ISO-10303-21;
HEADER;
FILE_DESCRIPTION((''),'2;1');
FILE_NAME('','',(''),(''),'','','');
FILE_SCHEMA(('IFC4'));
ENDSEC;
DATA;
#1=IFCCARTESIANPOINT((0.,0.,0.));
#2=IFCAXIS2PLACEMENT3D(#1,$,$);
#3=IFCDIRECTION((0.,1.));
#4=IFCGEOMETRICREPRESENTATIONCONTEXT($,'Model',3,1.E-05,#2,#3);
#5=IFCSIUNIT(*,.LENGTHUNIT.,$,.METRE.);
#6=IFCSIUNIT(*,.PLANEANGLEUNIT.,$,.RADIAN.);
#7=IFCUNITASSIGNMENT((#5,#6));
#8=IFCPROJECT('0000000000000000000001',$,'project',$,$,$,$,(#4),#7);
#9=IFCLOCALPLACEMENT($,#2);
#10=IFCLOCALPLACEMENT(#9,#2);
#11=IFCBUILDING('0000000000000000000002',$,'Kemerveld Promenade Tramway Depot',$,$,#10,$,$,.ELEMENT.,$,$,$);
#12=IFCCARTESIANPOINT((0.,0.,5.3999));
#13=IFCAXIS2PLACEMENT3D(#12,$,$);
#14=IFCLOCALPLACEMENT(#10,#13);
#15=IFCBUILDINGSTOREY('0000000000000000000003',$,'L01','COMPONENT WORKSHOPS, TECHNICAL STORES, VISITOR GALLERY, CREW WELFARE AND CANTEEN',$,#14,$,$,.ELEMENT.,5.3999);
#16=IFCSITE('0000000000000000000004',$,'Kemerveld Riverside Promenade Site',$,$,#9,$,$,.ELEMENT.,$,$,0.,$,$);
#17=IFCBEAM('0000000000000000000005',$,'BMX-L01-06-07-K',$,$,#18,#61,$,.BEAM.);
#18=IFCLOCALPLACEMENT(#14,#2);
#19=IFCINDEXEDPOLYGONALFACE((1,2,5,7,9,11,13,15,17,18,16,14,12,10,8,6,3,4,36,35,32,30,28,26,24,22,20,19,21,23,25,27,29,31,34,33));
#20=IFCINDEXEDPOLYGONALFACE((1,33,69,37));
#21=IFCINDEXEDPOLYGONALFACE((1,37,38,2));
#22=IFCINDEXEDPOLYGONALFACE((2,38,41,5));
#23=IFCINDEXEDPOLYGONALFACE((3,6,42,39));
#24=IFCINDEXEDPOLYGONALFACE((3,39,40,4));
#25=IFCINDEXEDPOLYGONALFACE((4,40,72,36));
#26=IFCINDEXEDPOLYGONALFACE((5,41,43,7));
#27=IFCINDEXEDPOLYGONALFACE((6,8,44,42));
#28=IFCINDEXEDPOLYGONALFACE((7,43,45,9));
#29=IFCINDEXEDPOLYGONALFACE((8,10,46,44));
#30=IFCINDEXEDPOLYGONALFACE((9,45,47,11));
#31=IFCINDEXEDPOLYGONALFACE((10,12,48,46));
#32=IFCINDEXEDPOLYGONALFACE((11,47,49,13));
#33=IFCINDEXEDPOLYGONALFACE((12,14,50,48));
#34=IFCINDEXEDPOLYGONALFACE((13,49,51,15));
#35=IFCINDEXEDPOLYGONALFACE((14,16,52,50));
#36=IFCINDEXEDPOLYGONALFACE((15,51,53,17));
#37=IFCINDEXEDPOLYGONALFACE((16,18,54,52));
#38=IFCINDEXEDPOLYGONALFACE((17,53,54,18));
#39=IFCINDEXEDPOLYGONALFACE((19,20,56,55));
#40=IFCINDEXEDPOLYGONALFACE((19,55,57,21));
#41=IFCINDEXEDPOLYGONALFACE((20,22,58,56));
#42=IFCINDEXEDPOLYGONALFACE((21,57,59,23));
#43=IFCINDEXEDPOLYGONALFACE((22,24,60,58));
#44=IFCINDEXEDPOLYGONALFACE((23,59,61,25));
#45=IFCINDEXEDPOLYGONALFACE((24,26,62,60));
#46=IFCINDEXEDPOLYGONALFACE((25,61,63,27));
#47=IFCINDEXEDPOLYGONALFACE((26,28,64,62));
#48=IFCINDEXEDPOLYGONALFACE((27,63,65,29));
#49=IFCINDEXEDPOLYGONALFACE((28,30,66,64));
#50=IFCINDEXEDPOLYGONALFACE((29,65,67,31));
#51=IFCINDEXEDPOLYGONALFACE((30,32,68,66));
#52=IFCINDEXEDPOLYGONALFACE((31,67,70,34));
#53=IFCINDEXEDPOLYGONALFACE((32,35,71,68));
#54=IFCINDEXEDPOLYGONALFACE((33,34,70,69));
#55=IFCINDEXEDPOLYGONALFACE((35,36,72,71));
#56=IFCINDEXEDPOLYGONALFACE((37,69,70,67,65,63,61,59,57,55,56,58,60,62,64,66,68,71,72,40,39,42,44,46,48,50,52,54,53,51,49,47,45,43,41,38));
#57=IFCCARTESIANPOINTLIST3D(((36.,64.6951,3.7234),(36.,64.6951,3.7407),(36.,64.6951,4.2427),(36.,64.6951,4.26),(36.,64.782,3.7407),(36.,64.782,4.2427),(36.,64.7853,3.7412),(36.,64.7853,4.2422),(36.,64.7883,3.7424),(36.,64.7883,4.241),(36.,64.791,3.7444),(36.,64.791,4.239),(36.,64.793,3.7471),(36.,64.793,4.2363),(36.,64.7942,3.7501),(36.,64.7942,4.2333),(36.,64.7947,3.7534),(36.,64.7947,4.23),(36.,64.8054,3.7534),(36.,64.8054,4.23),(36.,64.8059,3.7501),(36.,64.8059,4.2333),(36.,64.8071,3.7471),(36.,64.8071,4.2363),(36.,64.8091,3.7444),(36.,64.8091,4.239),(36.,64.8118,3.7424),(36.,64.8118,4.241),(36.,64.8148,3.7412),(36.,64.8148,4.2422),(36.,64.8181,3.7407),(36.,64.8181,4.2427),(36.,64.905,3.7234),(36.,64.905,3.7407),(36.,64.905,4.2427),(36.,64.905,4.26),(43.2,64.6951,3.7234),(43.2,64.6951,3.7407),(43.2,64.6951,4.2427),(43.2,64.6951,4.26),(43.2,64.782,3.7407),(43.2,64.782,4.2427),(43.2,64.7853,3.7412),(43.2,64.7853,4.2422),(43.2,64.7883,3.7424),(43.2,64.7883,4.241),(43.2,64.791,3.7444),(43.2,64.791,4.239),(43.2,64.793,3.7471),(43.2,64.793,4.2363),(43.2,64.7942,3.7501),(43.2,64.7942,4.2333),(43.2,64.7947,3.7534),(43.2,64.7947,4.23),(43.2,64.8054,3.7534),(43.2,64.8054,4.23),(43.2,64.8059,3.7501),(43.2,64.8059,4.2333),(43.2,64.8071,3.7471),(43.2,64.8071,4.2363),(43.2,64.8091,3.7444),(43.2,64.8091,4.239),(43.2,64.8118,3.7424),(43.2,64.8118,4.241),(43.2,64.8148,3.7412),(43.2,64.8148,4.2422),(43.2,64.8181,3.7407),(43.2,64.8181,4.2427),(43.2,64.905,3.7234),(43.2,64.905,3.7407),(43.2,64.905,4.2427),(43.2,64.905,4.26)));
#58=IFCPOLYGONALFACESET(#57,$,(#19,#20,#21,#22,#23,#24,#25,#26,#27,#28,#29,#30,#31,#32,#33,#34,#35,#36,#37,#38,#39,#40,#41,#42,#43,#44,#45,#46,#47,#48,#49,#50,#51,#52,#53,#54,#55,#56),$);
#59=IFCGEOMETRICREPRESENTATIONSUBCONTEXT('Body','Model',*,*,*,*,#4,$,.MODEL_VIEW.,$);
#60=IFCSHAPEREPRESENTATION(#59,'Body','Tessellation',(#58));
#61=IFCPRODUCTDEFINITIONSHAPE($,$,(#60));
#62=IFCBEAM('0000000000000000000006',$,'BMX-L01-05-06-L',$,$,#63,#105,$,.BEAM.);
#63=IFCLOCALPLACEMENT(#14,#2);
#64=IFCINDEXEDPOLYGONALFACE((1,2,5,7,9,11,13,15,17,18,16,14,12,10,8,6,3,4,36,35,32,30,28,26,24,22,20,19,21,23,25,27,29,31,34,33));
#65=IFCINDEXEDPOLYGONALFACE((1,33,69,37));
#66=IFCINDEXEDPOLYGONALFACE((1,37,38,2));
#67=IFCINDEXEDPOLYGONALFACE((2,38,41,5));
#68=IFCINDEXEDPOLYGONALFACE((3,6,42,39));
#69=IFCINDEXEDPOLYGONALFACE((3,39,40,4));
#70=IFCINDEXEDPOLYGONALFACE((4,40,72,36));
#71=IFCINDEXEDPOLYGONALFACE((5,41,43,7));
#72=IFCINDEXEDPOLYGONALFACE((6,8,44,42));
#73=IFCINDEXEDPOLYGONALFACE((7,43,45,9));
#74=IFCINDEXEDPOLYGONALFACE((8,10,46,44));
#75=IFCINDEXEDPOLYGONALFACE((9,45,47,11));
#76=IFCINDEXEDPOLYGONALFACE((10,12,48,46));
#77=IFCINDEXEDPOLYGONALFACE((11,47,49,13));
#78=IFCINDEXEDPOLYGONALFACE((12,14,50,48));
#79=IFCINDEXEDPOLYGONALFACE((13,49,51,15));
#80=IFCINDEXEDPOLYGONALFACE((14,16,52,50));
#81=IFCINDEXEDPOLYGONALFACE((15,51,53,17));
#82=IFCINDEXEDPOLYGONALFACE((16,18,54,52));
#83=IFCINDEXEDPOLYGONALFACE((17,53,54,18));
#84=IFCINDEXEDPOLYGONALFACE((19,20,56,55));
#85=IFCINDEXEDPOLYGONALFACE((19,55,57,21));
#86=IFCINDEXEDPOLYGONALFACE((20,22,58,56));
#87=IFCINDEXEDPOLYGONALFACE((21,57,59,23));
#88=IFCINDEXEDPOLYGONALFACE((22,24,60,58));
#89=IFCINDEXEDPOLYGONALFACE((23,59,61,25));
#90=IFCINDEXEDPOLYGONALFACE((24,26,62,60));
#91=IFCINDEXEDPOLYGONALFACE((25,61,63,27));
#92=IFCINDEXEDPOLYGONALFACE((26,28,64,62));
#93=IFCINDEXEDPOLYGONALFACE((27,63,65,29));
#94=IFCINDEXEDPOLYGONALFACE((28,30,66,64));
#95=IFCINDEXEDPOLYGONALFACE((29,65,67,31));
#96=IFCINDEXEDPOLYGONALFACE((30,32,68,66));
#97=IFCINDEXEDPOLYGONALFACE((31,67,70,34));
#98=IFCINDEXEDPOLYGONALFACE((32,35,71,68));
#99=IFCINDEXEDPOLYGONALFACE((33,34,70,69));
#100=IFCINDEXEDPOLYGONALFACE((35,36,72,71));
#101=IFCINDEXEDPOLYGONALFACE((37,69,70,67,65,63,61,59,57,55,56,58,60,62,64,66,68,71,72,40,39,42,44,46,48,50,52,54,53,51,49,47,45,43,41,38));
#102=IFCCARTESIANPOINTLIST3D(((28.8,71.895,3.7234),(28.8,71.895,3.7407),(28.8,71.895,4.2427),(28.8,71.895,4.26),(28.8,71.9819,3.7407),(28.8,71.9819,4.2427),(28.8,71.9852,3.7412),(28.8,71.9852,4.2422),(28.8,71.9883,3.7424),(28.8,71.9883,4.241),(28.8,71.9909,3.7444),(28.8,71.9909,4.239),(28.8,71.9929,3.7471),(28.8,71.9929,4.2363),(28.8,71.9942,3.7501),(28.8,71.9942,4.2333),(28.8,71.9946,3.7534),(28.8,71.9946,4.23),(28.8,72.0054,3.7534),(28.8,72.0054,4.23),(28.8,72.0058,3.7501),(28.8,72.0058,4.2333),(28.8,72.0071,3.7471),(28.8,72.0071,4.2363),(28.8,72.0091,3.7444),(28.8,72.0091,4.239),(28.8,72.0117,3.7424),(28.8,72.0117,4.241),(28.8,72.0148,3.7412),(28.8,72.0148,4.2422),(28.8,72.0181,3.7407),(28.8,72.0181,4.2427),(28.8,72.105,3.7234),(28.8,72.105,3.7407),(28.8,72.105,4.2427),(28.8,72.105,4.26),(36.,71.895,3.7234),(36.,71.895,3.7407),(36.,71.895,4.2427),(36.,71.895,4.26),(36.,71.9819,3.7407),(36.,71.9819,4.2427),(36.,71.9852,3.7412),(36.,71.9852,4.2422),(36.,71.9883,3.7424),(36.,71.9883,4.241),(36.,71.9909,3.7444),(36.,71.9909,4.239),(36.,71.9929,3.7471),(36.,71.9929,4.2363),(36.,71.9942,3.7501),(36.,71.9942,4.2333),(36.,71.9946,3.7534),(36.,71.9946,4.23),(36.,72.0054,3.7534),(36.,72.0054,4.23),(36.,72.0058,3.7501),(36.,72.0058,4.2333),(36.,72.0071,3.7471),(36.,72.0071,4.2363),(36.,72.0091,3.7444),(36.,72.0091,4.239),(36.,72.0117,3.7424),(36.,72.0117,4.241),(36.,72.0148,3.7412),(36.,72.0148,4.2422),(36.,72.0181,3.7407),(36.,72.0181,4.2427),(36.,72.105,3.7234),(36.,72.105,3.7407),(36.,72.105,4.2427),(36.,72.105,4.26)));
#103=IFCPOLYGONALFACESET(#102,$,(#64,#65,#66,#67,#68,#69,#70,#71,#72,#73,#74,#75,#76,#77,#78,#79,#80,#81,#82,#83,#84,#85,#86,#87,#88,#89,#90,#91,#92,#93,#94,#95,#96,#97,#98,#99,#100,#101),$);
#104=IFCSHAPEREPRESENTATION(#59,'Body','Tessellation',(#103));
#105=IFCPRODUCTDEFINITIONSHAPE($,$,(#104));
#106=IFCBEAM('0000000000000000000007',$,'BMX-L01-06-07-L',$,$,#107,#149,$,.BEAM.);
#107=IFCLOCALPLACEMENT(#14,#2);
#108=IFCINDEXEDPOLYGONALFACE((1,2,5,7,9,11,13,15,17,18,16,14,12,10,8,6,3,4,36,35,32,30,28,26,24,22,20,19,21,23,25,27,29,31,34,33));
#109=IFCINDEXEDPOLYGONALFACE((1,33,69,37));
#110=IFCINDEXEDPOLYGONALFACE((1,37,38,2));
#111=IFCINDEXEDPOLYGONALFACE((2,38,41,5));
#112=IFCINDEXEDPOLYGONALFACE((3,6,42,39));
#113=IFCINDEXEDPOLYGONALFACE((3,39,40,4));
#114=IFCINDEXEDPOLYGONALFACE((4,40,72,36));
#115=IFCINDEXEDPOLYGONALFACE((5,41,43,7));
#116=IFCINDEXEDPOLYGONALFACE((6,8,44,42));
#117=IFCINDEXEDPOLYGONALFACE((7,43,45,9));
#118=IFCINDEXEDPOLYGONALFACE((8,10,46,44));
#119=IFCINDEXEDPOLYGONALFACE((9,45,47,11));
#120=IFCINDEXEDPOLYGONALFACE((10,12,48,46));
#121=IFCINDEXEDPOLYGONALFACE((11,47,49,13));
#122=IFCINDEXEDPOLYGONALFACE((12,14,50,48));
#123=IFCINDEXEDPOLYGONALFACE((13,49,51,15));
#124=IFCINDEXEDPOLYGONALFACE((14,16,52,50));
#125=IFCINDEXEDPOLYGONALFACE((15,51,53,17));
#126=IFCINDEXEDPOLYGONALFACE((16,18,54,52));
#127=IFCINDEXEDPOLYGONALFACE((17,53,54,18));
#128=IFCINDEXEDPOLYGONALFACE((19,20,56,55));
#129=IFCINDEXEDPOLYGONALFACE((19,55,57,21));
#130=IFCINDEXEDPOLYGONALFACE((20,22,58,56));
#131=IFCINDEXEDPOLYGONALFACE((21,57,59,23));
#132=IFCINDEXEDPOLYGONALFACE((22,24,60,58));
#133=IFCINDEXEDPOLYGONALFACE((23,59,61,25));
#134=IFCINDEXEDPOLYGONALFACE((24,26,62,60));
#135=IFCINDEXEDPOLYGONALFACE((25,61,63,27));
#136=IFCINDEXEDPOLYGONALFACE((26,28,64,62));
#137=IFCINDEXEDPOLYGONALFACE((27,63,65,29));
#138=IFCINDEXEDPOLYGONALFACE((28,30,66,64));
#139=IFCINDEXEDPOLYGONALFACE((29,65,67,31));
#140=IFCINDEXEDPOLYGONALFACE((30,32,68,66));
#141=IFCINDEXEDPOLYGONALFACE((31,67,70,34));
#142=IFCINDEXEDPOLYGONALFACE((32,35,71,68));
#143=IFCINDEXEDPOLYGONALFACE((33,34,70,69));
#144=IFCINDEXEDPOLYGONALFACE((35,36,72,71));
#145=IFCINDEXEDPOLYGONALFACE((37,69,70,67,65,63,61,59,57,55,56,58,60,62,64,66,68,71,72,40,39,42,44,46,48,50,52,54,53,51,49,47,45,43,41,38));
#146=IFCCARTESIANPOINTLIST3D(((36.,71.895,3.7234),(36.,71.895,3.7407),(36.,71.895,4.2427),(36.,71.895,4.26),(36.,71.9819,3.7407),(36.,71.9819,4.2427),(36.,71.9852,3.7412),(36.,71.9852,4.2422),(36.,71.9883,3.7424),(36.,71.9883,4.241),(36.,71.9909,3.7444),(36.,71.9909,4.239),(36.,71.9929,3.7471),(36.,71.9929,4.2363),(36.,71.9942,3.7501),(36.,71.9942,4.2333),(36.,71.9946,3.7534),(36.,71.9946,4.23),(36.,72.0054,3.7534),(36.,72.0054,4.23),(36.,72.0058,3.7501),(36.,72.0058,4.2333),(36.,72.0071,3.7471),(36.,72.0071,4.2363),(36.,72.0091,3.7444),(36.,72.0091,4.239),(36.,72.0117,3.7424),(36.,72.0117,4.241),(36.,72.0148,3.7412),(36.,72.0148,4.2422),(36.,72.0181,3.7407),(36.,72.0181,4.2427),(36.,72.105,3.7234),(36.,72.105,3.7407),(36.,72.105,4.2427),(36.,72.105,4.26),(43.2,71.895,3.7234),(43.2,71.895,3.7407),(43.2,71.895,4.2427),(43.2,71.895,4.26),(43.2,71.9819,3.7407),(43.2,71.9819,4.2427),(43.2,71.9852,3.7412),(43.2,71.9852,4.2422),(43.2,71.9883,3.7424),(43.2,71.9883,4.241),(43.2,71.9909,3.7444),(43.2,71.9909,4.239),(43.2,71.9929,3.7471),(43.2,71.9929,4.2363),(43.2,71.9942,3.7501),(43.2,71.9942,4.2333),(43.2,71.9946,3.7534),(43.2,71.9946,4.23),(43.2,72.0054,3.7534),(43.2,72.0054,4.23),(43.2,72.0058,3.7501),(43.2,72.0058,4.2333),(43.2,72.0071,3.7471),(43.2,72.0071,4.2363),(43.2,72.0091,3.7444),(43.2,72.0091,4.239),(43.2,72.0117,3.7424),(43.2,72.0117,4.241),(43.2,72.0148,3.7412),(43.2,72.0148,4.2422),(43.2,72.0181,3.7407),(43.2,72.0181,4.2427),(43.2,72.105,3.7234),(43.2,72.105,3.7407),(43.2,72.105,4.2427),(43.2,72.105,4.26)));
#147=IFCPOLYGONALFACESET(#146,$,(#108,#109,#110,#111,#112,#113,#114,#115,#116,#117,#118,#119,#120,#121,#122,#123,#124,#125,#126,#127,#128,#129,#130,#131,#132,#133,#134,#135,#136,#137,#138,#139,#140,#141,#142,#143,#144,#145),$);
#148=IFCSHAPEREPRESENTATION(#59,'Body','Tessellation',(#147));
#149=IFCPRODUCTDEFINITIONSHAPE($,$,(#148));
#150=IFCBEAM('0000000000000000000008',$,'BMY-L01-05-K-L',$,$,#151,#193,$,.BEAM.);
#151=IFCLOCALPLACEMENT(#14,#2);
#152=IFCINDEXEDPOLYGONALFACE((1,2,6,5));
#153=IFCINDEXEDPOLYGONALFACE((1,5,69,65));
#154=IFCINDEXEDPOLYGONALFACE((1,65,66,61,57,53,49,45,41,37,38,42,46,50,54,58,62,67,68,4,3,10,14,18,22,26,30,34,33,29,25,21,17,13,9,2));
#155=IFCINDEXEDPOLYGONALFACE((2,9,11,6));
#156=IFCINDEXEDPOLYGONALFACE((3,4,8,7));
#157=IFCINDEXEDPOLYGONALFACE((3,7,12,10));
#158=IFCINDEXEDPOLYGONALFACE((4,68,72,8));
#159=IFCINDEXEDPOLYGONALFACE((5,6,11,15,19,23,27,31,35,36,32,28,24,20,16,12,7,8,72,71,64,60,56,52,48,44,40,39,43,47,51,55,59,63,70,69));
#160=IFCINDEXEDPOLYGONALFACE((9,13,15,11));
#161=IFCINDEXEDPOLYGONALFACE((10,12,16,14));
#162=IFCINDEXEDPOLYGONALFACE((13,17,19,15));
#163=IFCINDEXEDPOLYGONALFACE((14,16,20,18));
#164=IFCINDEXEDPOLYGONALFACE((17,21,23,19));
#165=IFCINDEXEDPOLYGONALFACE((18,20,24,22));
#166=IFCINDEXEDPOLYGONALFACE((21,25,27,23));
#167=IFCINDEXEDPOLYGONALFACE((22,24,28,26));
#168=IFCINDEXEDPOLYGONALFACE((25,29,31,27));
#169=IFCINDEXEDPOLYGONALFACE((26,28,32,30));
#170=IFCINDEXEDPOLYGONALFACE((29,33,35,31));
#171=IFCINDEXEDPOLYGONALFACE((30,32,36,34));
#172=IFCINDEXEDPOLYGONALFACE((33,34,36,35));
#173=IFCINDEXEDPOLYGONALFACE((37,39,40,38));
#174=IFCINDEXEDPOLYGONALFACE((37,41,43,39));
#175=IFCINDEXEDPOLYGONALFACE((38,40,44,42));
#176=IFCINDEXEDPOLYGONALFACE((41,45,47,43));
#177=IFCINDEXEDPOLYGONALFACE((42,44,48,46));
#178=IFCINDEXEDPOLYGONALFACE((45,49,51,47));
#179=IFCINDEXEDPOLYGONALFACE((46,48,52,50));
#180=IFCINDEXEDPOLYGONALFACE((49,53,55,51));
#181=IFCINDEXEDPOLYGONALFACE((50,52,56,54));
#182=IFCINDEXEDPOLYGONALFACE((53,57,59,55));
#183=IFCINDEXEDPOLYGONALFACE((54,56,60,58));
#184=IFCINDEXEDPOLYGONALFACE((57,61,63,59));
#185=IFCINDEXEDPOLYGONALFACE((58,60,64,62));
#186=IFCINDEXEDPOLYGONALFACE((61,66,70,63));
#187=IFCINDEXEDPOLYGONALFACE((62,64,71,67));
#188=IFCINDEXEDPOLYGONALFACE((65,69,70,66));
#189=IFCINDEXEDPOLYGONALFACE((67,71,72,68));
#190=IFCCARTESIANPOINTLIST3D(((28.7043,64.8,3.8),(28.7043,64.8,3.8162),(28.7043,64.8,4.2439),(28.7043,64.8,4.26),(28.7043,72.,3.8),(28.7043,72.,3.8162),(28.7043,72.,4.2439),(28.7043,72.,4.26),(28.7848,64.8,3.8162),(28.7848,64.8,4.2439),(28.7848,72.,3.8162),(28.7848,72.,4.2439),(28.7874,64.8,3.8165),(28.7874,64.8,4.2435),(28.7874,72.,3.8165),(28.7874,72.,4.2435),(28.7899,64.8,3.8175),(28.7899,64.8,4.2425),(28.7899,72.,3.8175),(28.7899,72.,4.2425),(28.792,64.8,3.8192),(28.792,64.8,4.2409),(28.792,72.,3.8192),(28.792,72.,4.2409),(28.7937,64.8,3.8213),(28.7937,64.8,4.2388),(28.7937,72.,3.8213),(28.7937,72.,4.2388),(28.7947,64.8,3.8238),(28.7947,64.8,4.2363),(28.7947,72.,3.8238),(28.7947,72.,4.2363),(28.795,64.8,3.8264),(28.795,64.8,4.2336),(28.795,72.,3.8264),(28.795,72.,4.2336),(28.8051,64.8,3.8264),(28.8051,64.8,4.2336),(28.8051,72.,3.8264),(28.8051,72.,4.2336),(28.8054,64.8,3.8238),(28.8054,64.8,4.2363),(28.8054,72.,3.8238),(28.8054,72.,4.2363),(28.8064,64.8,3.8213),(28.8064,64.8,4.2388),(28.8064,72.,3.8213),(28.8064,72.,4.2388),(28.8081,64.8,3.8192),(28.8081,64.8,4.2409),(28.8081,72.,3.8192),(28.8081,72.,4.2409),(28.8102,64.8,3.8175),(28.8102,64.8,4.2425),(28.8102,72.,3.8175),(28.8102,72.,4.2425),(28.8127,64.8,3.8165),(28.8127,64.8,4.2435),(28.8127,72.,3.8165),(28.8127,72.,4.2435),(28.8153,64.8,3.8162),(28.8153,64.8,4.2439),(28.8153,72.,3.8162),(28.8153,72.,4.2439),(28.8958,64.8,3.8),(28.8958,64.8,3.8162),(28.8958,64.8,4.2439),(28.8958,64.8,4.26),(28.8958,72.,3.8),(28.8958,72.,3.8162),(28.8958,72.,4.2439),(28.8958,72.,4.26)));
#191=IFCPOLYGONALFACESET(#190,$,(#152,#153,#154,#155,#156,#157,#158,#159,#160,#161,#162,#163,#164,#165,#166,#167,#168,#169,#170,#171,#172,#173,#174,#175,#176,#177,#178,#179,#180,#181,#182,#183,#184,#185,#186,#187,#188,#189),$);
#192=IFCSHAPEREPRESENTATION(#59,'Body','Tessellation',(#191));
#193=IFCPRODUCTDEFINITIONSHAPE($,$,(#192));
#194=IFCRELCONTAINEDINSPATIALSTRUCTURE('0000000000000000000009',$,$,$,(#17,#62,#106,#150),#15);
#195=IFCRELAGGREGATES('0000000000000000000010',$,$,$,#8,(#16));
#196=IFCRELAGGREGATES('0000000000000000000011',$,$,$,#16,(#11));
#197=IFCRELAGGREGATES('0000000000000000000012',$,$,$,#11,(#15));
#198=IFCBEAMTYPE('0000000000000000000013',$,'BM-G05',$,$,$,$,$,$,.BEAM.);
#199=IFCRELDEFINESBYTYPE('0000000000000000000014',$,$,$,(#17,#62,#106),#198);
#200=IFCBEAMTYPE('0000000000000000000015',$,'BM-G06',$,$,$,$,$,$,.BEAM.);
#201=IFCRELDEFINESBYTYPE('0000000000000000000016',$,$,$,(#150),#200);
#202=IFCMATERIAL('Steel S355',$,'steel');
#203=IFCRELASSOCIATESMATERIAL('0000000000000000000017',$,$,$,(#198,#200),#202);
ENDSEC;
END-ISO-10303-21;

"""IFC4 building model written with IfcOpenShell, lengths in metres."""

from ifc_helpers import new_model, si_unit, direction, frame, origin, origin_2d, place, context, subcontext, project, spatial, i_section, extrude, material, material_profile, profile_set, type_object, element, save


model = new_model("IFC4")

# Units and contexts
model_context = context("Model", 3, precision=1e-05, world=origin(), true_north=direction((0.0, 1.0)))
body_context = subcontext(model_context, "Body", "Model", "MODEL_VIEW")
ifc_project = project(units=[si_unit("LENGTHUNIT", "METRE"), si_unit("PLANEANGLEUNIT", "RADIAN")], contexts=[model_context])

# Site, building, storey
site_placement = place(None, origin())
site = spatial("IfcSite", under=ifc_project, at=site_placement, Name="Kemerveld Riverside Promenade Site", CompositionType="ELEMENT", RefElevation=0.0)
building_placement = place(site_placement, origin())
building = spatial("IfcBuilding", under=site, at=building_placement, Name="Kemerveld Promenade Tramway Depot", CompositionType="ELEMENT")
storey_placement = place(building_placement, frame((0.0, 0.0, 5.3999)))
storey = spatial("IfcBuildingStorey", under=building, at=storey_placement, Name="L01", Description="COMPONENT WORKSHOPS, TECHNICAL STORES, VISITOR GALLERY, CREW WELFARE AND CANTEEN", CompositionType="ELEMENT", Elevation=5.3999)

# Shared definitions
ifc_material_1 = material(Name="Steel S355", Category="steel")

# Beams
ifc_material_profile_1 = material_profile(ifc_material_1, i_section(OverallWidth=0.21, OverallDepth=0.5366, WebThickness=0.0107, FlangeThickness=0.0173, FilletRadius=0.0127, at=origin_2d()), Name="533x210x101 UB")
ifc_profile_set_1 = profile_set([ifc_material_profile_1], Name="Steel S355")
beam_type_1 = type_object("IfcBeamType", Name="BM-G05", PredefinedType="BEAM", material=ifc_profile_set_1)
for number, where, z_axis, x_axis, name in (
    (1, (36.0, 64.8, 3.9917), (1.0, 0.0, 0.0), (0.0, 1.0, 0.0), "BMX-L01-06-07-K"),
    (2, (28.8, 72.0, 3.9917), (1.0, 0.0, 0.0), (0.0, 1.0, 0.0), "BMX-L01-05-06-L"),
    (3, (36.0, 72.0, 3.9917), (1.0, 0.0, 0.0), (0.0, 1.0, 0.0), "BMX-L01-06-07-L"),
):
    element("IfcBeam", number, at=place(storey_placement, frame(where, z_axis=z_axis, x_axis=x_axis)), inside=storey, type_object=beam_type_1, Name=name, PredefinedType="BEAM", context=body_context, shape_type="SweptSolid", body=[
        extrude(i_section(OverallWidth=0.21, OverallDepth=0.5366, WebThickness=0.0107, FlangeThickness=0.0173, FilletRadius=0.0127, at=origin_2d()), origin(), (0.0, 0.0, 1.0), 7.2),
    ])
ifc_material_profile_2 = material_profile(ifc_material_1, i_section(OverallWidth=0.1914, OverallDepth=0.46, WebThickness=0.01, FlangeThickness=0.0161, FilletRadius=0.0103, at=origin_2d()), Name="457x191x82 UB")
ifc_profile_set_2 = profile_set([ifc_material_profile_2], Name="Steel S355")
beam_type_2 = type_object("IfcBeamType", Name="BM-G06", PredefinedType="BEAM", material=ifc_profile_set_2)
for number, where, z_axis, x_axis, name in (
    (4, (28.8, 64.8, 4.03), (0.0, 1.0, 0.0), (-1.0, 0.0, 0.0), "BMY-L01-05-K-L"),
):
    element("IfcBeam", number, at=place(storey_placement, frame(where, z_axis=z_axis, x_axis=x_axis)), inside=storey, type_object=beam_type_2, Name=name, PredefinedType="BEAM", context=body_context, shape_type="SweptSolid", body=[
        extrude(i_section(OverallWidth=0.1914, OverallDepth=0.46, WebThickness=0.01, FlangeThickness=0.0161, FilletRadius=0.0103, at=origin_2d()), origin(), (0.0, 0.0, 1.0), 7.2),
    ])

save(model, "model.ifc")
